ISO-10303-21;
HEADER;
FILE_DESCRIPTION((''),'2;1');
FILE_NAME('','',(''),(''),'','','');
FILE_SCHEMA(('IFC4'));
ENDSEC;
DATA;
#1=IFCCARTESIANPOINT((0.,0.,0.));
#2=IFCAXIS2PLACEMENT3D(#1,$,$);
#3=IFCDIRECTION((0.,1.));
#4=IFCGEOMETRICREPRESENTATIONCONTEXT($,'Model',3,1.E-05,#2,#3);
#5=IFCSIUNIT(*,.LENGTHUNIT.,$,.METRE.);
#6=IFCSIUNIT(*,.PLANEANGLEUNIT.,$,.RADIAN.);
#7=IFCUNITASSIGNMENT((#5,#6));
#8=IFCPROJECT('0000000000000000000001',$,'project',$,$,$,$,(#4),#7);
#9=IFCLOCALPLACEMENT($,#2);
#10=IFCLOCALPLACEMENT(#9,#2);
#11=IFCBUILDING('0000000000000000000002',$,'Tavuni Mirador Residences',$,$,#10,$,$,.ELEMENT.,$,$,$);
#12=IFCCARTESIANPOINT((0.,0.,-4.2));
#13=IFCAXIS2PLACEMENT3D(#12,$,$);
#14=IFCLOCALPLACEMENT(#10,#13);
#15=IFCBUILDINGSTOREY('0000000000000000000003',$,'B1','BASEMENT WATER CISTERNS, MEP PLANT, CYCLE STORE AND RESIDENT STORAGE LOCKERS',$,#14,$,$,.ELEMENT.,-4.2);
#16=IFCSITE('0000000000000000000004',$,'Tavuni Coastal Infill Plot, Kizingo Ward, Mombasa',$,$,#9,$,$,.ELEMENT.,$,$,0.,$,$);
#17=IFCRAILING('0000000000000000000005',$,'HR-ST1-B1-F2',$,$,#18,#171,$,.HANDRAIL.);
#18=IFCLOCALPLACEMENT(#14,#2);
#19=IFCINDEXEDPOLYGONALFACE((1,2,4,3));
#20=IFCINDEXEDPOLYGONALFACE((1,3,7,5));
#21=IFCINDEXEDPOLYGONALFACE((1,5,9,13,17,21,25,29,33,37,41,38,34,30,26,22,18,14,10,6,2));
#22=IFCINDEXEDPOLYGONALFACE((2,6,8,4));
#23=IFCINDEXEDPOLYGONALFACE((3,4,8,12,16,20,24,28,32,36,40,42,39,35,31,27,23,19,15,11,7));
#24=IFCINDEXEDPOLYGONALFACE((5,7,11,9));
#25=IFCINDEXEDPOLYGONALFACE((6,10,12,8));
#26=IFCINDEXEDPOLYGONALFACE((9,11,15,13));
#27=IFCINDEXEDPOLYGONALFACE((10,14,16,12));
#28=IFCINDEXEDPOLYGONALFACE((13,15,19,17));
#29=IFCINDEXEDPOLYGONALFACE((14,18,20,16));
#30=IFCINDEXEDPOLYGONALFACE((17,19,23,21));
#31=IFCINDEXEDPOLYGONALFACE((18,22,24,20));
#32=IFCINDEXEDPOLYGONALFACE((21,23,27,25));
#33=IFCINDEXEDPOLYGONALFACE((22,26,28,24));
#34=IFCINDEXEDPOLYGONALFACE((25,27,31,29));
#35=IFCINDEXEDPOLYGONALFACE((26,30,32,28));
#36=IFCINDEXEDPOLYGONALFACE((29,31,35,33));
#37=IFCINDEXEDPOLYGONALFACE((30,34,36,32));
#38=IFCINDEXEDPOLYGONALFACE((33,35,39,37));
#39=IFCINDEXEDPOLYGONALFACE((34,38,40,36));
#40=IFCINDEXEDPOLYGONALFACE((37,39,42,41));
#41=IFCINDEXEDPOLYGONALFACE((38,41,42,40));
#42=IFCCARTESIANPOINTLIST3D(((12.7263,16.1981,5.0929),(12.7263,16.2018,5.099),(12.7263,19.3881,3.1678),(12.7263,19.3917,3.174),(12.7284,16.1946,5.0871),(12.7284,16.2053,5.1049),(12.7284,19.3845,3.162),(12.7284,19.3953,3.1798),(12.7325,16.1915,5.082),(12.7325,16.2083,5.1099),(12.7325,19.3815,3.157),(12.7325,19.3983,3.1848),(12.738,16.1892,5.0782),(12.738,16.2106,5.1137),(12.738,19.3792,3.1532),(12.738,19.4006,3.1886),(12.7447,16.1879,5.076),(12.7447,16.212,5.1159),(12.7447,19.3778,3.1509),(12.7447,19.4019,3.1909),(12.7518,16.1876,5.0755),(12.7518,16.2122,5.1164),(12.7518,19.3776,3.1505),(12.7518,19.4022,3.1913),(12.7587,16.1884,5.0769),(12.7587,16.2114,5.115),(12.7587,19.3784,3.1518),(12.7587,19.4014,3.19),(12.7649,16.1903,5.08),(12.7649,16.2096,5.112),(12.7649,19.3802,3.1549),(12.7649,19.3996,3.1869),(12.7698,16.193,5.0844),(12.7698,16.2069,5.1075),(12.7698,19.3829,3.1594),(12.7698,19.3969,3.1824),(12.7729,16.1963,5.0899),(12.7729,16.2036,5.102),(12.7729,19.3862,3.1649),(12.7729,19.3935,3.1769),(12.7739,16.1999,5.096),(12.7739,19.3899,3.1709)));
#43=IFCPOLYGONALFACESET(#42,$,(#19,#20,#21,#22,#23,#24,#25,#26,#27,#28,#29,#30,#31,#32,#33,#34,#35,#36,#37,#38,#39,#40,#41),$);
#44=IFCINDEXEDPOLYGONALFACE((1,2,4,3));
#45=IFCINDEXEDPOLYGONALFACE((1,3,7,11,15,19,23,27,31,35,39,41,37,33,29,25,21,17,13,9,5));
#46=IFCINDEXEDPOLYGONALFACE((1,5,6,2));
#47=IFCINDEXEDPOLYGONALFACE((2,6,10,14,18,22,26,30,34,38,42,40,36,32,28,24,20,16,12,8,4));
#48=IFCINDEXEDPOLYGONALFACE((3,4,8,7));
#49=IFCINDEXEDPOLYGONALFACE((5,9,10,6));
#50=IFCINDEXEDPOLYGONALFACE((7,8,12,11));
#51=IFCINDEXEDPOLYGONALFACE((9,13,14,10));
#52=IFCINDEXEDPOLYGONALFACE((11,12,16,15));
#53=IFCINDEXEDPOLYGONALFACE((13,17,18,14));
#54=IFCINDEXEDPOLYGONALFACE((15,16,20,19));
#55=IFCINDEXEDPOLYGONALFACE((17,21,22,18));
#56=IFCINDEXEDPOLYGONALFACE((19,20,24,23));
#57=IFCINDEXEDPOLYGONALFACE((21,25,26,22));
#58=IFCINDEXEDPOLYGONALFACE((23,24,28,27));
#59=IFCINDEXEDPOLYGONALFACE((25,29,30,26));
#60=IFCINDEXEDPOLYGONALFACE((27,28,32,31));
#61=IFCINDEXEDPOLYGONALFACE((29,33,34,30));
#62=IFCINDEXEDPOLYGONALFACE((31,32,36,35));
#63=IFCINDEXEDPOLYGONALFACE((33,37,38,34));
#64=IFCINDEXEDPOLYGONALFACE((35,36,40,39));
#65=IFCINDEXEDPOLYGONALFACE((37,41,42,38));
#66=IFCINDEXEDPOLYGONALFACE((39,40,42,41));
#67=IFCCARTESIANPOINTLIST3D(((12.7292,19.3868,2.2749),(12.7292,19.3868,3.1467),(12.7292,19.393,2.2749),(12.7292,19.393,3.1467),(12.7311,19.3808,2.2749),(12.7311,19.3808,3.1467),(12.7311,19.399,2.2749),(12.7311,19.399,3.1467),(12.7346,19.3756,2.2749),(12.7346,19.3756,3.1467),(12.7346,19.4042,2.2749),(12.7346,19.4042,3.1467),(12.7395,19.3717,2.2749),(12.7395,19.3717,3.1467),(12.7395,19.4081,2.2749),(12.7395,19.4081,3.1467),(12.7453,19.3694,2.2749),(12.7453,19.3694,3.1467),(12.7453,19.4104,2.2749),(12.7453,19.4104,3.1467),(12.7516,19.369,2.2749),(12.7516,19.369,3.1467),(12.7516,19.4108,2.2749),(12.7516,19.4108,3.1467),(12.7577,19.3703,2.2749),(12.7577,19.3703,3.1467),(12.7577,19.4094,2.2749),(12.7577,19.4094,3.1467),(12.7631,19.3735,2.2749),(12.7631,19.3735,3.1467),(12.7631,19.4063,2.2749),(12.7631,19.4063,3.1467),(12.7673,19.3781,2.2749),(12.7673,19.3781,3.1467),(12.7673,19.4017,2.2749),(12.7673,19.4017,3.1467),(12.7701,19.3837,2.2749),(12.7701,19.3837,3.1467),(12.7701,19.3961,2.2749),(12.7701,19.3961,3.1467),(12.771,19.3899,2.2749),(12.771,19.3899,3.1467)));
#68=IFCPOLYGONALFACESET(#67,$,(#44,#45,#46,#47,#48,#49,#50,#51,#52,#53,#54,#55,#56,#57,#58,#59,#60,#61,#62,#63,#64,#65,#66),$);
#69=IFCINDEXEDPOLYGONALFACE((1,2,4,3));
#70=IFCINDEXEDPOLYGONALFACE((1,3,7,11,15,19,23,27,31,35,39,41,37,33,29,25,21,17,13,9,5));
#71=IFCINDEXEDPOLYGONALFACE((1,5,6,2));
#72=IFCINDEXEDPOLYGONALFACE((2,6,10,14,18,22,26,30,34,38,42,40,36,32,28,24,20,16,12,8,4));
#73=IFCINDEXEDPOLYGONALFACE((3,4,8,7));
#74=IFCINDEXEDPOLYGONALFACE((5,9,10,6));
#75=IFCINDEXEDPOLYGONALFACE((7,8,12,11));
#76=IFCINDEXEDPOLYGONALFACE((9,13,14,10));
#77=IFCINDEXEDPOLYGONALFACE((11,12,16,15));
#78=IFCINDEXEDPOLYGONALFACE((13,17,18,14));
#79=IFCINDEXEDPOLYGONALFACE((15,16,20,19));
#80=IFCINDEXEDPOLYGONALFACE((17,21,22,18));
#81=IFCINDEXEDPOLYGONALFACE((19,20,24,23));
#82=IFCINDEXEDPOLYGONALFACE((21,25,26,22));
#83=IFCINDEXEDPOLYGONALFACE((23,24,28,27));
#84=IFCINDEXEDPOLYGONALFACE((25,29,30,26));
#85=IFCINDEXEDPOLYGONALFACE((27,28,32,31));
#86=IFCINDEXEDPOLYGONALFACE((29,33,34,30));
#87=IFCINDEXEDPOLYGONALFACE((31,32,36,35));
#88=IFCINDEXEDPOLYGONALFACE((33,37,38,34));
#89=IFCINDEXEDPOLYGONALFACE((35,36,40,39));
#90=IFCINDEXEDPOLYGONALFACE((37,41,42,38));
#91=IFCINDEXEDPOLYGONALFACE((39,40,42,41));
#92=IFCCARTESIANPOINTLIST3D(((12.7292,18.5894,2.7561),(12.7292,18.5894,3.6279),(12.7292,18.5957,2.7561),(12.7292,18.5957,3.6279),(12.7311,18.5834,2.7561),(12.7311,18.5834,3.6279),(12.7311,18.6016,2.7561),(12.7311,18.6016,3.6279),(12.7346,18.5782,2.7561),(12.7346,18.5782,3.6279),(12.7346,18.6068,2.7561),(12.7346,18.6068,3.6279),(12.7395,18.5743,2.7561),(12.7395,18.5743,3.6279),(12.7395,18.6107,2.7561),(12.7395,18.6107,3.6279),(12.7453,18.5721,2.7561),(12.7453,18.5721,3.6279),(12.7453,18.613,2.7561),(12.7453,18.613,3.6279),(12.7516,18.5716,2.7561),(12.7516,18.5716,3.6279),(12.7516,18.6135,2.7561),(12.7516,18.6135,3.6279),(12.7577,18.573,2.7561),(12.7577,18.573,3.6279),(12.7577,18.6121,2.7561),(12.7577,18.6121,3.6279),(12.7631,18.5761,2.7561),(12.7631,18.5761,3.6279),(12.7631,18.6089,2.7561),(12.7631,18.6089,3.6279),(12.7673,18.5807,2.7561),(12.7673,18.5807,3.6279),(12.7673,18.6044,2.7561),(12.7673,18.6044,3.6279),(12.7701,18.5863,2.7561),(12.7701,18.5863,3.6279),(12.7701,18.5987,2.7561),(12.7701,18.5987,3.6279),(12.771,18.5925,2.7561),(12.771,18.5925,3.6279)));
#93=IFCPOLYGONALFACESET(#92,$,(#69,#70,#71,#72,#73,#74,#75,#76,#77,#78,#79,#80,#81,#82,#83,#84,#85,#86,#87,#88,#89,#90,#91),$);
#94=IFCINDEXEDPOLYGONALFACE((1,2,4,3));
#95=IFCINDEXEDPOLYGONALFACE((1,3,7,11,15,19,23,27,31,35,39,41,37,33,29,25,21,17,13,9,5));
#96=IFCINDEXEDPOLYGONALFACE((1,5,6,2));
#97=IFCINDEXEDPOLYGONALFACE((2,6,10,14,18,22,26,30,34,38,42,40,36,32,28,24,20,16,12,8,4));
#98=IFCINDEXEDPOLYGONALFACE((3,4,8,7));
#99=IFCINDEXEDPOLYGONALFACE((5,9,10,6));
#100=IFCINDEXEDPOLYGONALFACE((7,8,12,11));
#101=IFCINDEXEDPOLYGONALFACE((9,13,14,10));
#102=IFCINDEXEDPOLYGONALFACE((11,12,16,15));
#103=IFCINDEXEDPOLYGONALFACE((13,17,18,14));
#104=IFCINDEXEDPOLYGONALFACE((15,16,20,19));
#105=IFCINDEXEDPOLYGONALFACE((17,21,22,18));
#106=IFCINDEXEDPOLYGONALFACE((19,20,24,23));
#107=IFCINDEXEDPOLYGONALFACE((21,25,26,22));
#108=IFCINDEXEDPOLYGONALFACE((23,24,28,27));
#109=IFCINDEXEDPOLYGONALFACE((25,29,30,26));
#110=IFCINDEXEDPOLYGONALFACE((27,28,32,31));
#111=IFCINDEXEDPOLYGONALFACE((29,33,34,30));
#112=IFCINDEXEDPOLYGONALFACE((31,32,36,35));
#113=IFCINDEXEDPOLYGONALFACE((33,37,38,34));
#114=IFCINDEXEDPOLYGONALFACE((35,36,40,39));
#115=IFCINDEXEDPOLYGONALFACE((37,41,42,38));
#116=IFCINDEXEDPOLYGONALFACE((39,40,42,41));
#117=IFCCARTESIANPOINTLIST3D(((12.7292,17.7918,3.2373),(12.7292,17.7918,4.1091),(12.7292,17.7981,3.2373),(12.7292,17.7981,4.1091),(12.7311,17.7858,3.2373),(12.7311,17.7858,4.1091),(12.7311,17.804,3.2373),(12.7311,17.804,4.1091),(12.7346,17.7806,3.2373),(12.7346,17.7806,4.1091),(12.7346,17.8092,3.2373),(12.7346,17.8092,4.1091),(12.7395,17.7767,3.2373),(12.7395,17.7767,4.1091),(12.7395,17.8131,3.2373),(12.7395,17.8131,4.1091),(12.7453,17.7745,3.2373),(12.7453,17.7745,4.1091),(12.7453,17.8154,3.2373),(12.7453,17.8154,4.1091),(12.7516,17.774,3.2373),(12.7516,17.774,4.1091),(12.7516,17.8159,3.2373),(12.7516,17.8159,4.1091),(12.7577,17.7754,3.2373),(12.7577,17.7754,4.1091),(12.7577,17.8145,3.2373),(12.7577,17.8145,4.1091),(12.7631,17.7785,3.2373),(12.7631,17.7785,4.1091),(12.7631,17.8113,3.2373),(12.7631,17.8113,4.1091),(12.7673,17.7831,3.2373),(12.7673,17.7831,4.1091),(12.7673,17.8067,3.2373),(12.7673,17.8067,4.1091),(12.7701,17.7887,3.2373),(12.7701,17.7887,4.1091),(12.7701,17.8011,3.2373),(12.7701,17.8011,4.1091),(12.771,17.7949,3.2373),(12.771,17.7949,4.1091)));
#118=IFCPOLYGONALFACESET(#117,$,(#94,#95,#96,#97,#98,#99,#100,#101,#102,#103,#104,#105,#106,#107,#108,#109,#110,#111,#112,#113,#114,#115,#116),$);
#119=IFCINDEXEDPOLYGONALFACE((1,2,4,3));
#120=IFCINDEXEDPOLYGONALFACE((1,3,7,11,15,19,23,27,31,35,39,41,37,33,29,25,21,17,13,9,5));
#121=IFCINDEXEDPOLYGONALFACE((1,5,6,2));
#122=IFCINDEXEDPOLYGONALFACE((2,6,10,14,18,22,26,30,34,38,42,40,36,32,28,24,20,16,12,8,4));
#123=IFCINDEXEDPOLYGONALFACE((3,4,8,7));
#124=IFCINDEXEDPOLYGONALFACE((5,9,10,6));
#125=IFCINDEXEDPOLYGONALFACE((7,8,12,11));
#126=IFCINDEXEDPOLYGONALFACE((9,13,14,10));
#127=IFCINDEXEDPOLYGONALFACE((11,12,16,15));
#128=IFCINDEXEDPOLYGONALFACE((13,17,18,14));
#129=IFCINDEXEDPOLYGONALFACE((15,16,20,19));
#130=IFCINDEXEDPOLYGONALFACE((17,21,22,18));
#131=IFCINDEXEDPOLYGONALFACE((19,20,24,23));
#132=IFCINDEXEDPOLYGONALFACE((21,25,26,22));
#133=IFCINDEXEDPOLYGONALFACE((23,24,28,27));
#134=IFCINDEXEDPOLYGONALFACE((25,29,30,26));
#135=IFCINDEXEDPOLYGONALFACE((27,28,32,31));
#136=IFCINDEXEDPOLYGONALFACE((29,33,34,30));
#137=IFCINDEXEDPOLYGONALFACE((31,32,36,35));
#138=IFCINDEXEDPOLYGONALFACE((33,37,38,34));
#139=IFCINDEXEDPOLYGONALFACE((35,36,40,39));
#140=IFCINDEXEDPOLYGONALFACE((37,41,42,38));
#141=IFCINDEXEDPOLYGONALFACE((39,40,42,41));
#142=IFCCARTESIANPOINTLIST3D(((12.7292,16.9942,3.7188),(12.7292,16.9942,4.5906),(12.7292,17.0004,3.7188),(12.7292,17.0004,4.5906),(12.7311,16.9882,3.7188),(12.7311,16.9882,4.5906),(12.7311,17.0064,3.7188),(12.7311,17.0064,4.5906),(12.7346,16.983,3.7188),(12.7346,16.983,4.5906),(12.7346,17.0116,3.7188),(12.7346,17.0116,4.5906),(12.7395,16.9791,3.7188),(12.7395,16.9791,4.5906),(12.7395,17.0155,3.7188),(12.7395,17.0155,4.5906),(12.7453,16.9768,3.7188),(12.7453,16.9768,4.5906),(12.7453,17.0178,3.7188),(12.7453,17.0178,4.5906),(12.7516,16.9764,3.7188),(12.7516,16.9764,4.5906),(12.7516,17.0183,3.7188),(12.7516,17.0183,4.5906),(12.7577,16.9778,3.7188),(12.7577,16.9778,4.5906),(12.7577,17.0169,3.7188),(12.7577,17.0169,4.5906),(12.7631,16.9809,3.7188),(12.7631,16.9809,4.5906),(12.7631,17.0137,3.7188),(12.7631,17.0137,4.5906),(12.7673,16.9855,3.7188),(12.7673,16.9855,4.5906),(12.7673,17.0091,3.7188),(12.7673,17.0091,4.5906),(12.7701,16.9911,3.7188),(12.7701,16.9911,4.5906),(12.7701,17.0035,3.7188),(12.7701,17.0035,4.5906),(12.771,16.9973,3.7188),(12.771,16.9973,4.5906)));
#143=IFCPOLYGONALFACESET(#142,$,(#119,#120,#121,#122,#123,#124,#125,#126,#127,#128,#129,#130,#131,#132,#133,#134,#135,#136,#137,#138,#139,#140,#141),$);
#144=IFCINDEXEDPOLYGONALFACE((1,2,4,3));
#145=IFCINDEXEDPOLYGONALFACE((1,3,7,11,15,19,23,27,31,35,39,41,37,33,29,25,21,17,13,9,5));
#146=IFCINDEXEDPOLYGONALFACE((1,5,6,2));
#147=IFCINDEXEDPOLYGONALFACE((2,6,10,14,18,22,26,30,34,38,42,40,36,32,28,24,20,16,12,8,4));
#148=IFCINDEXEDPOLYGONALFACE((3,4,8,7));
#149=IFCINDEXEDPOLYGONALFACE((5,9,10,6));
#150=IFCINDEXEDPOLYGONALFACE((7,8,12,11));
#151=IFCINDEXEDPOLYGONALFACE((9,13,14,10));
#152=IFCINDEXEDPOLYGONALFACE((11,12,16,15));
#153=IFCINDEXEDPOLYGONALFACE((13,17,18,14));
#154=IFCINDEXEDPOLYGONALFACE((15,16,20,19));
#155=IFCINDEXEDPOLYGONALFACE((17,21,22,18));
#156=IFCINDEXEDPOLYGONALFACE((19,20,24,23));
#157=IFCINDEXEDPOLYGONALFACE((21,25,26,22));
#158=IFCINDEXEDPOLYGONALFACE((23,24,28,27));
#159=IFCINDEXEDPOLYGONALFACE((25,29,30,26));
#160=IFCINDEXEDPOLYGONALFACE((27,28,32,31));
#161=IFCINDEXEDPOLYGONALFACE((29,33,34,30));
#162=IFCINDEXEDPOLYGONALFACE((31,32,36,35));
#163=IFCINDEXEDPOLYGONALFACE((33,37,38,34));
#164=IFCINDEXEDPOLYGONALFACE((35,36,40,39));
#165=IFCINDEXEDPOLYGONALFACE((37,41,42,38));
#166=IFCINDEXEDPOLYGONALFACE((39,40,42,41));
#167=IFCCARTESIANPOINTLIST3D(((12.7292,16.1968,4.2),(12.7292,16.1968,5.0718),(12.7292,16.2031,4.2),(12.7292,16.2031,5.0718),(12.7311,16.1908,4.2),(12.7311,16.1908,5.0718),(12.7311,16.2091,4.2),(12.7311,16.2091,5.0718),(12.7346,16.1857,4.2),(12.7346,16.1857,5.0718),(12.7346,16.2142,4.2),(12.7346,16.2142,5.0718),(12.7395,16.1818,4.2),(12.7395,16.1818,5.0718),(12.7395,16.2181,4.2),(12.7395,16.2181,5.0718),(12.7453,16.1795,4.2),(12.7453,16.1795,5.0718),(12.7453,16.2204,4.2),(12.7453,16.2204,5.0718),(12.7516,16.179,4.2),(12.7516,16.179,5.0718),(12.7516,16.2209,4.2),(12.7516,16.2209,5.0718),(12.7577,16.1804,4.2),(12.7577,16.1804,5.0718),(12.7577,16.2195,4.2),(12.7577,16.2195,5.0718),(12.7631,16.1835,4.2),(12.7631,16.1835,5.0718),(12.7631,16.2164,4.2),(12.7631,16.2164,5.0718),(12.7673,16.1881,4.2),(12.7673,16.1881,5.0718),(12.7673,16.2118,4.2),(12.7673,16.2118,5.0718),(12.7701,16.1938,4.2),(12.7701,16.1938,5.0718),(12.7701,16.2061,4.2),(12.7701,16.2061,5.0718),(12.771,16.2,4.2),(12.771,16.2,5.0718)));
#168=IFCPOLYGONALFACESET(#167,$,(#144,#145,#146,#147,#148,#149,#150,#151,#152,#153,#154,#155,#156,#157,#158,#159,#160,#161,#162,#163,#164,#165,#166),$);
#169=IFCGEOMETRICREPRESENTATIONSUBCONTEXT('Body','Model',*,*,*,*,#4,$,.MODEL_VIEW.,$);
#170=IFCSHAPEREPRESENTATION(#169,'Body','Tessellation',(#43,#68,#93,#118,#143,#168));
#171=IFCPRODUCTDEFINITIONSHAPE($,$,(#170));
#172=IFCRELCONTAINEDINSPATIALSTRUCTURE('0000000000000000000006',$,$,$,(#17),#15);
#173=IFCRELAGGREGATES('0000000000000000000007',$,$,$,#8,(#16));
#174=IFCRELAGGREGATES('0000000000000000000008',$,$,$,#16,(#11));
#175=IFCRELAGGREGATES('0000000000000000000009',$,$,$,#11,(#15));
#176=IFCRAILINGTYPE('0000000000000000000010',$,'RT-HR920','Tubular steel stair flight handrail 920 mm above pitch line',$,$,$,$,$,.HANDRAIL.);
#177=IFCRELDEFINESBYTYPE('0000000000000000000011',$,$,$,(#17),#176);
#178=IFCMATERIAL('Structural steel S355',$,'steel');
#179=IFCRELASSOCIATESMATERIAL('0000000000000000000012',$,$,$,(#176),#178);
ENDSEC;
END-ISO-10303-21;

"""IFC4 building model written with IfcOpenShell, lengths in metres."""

from ifc_helpers import new_model, si_unit, direction, frame, origin, origin_2d, place, context, subcontext, project, spatial, circle, extrude, material, type_object, element, save


model = new_model("IFC4")

# Units and contexts
model_context = context("Model", 3, precision=1e-05, world=origin(), true_north=direction((0.0, 1.0)))
body_context = subcontext(model_context, "Body", "Model", "MODEL_VIEW")
ifc_project = project(units=[si_unit("LENGTHUNIT", "METRE"), si_unit("PLANEANGLEUNIT", "RADIAN")], contexts=[model_context])

# Site, building, storey
site_placement = place(None, origin())
site = spatial("IfcSite", under=ifc_project, at=site_placement, Name="Tavuni Coastal Infill Plot, Kizingo Ward, Mombasa", CompositionType="ELEMENT", RefElevation=0.0)
building_placement = place(site_placement, origin())
building = spatial("IfcBuilding", under=site, at=building_placement, Name="Tavuni Mirador Residences", CompositionType="ELEMENT")
storey_placement = place(building_placement, frame((0.0, 0.0, -4.2)))
storey = spatial("IfcBuildingStorey", under=building, at=storey_placement, Name="B1", Description="BASEMENT WATER CISTERNS, MEP PLANT, CYCLE STORE AND RESIDENT STORAGE LOCKERS", CompositionType="ELEMENT", Elevation=-4.2)

# Shared definitions
ifc_material_1 = material(Name="Structural steel S355", Category="steel")

# Railing
railing_type_1 = type_object("IfcRailingType", Name="RT-HR920", Description="Tubular steel stair flight handrail 920 mm above pitch line", PredefinedType="HANDRAIL", material=ifc_material_1)
railing_1_placement = place(storey_placement, frame((12.75, 19.3899, 2.2749)))
element("IfcRailing", 1, at=railing_1_placement, inside=storey, type_object=railing_type_1, Name="HR-ST1-B1-F2", PredefinedType="HANDRAIL", context=body_context, shape_type="SweptSolid", body=[
    extrude(circle(Radius=0.0239, at=origin_2d()), frame((0.0, 0.0, 0.896), z_axis=(0.0, -0.856178, 0.516682), x_axis=(1.0, 0.0, 0.0)), (0.0, 0.0, 1.0), 3.7258),
    extrude(circle(Radius=0.021, at=origin_2d()), origin(), (0.0, 0.0, 1.0), 0.8718),
    extrude(circle(Radius=0.021, at=origin_2d()), frame((0.0, -0.7974, 0.4812)), (0.0, 0.0, 1.0), 0.8718),
    extrude(circle(Radius=0.021, at=origin_2d()), frame((0.0, -1.595, 0.9624)), (0.0, 0.0, 1.0), 0.8718),
    extrude(circle(Radius=0.021, at=origin_2d()), frame((0.0, -2.3926, 1.4438)), (0.0, 0.0, 1.0), 0.8718),
    extrude(circle(Radius=0.021, at=origin_2d()), frame((0.0, -3.1899, 1.925)), (0.0, 0.0, 1.0), 0.8718),
])

save(model, "model.ifc")
